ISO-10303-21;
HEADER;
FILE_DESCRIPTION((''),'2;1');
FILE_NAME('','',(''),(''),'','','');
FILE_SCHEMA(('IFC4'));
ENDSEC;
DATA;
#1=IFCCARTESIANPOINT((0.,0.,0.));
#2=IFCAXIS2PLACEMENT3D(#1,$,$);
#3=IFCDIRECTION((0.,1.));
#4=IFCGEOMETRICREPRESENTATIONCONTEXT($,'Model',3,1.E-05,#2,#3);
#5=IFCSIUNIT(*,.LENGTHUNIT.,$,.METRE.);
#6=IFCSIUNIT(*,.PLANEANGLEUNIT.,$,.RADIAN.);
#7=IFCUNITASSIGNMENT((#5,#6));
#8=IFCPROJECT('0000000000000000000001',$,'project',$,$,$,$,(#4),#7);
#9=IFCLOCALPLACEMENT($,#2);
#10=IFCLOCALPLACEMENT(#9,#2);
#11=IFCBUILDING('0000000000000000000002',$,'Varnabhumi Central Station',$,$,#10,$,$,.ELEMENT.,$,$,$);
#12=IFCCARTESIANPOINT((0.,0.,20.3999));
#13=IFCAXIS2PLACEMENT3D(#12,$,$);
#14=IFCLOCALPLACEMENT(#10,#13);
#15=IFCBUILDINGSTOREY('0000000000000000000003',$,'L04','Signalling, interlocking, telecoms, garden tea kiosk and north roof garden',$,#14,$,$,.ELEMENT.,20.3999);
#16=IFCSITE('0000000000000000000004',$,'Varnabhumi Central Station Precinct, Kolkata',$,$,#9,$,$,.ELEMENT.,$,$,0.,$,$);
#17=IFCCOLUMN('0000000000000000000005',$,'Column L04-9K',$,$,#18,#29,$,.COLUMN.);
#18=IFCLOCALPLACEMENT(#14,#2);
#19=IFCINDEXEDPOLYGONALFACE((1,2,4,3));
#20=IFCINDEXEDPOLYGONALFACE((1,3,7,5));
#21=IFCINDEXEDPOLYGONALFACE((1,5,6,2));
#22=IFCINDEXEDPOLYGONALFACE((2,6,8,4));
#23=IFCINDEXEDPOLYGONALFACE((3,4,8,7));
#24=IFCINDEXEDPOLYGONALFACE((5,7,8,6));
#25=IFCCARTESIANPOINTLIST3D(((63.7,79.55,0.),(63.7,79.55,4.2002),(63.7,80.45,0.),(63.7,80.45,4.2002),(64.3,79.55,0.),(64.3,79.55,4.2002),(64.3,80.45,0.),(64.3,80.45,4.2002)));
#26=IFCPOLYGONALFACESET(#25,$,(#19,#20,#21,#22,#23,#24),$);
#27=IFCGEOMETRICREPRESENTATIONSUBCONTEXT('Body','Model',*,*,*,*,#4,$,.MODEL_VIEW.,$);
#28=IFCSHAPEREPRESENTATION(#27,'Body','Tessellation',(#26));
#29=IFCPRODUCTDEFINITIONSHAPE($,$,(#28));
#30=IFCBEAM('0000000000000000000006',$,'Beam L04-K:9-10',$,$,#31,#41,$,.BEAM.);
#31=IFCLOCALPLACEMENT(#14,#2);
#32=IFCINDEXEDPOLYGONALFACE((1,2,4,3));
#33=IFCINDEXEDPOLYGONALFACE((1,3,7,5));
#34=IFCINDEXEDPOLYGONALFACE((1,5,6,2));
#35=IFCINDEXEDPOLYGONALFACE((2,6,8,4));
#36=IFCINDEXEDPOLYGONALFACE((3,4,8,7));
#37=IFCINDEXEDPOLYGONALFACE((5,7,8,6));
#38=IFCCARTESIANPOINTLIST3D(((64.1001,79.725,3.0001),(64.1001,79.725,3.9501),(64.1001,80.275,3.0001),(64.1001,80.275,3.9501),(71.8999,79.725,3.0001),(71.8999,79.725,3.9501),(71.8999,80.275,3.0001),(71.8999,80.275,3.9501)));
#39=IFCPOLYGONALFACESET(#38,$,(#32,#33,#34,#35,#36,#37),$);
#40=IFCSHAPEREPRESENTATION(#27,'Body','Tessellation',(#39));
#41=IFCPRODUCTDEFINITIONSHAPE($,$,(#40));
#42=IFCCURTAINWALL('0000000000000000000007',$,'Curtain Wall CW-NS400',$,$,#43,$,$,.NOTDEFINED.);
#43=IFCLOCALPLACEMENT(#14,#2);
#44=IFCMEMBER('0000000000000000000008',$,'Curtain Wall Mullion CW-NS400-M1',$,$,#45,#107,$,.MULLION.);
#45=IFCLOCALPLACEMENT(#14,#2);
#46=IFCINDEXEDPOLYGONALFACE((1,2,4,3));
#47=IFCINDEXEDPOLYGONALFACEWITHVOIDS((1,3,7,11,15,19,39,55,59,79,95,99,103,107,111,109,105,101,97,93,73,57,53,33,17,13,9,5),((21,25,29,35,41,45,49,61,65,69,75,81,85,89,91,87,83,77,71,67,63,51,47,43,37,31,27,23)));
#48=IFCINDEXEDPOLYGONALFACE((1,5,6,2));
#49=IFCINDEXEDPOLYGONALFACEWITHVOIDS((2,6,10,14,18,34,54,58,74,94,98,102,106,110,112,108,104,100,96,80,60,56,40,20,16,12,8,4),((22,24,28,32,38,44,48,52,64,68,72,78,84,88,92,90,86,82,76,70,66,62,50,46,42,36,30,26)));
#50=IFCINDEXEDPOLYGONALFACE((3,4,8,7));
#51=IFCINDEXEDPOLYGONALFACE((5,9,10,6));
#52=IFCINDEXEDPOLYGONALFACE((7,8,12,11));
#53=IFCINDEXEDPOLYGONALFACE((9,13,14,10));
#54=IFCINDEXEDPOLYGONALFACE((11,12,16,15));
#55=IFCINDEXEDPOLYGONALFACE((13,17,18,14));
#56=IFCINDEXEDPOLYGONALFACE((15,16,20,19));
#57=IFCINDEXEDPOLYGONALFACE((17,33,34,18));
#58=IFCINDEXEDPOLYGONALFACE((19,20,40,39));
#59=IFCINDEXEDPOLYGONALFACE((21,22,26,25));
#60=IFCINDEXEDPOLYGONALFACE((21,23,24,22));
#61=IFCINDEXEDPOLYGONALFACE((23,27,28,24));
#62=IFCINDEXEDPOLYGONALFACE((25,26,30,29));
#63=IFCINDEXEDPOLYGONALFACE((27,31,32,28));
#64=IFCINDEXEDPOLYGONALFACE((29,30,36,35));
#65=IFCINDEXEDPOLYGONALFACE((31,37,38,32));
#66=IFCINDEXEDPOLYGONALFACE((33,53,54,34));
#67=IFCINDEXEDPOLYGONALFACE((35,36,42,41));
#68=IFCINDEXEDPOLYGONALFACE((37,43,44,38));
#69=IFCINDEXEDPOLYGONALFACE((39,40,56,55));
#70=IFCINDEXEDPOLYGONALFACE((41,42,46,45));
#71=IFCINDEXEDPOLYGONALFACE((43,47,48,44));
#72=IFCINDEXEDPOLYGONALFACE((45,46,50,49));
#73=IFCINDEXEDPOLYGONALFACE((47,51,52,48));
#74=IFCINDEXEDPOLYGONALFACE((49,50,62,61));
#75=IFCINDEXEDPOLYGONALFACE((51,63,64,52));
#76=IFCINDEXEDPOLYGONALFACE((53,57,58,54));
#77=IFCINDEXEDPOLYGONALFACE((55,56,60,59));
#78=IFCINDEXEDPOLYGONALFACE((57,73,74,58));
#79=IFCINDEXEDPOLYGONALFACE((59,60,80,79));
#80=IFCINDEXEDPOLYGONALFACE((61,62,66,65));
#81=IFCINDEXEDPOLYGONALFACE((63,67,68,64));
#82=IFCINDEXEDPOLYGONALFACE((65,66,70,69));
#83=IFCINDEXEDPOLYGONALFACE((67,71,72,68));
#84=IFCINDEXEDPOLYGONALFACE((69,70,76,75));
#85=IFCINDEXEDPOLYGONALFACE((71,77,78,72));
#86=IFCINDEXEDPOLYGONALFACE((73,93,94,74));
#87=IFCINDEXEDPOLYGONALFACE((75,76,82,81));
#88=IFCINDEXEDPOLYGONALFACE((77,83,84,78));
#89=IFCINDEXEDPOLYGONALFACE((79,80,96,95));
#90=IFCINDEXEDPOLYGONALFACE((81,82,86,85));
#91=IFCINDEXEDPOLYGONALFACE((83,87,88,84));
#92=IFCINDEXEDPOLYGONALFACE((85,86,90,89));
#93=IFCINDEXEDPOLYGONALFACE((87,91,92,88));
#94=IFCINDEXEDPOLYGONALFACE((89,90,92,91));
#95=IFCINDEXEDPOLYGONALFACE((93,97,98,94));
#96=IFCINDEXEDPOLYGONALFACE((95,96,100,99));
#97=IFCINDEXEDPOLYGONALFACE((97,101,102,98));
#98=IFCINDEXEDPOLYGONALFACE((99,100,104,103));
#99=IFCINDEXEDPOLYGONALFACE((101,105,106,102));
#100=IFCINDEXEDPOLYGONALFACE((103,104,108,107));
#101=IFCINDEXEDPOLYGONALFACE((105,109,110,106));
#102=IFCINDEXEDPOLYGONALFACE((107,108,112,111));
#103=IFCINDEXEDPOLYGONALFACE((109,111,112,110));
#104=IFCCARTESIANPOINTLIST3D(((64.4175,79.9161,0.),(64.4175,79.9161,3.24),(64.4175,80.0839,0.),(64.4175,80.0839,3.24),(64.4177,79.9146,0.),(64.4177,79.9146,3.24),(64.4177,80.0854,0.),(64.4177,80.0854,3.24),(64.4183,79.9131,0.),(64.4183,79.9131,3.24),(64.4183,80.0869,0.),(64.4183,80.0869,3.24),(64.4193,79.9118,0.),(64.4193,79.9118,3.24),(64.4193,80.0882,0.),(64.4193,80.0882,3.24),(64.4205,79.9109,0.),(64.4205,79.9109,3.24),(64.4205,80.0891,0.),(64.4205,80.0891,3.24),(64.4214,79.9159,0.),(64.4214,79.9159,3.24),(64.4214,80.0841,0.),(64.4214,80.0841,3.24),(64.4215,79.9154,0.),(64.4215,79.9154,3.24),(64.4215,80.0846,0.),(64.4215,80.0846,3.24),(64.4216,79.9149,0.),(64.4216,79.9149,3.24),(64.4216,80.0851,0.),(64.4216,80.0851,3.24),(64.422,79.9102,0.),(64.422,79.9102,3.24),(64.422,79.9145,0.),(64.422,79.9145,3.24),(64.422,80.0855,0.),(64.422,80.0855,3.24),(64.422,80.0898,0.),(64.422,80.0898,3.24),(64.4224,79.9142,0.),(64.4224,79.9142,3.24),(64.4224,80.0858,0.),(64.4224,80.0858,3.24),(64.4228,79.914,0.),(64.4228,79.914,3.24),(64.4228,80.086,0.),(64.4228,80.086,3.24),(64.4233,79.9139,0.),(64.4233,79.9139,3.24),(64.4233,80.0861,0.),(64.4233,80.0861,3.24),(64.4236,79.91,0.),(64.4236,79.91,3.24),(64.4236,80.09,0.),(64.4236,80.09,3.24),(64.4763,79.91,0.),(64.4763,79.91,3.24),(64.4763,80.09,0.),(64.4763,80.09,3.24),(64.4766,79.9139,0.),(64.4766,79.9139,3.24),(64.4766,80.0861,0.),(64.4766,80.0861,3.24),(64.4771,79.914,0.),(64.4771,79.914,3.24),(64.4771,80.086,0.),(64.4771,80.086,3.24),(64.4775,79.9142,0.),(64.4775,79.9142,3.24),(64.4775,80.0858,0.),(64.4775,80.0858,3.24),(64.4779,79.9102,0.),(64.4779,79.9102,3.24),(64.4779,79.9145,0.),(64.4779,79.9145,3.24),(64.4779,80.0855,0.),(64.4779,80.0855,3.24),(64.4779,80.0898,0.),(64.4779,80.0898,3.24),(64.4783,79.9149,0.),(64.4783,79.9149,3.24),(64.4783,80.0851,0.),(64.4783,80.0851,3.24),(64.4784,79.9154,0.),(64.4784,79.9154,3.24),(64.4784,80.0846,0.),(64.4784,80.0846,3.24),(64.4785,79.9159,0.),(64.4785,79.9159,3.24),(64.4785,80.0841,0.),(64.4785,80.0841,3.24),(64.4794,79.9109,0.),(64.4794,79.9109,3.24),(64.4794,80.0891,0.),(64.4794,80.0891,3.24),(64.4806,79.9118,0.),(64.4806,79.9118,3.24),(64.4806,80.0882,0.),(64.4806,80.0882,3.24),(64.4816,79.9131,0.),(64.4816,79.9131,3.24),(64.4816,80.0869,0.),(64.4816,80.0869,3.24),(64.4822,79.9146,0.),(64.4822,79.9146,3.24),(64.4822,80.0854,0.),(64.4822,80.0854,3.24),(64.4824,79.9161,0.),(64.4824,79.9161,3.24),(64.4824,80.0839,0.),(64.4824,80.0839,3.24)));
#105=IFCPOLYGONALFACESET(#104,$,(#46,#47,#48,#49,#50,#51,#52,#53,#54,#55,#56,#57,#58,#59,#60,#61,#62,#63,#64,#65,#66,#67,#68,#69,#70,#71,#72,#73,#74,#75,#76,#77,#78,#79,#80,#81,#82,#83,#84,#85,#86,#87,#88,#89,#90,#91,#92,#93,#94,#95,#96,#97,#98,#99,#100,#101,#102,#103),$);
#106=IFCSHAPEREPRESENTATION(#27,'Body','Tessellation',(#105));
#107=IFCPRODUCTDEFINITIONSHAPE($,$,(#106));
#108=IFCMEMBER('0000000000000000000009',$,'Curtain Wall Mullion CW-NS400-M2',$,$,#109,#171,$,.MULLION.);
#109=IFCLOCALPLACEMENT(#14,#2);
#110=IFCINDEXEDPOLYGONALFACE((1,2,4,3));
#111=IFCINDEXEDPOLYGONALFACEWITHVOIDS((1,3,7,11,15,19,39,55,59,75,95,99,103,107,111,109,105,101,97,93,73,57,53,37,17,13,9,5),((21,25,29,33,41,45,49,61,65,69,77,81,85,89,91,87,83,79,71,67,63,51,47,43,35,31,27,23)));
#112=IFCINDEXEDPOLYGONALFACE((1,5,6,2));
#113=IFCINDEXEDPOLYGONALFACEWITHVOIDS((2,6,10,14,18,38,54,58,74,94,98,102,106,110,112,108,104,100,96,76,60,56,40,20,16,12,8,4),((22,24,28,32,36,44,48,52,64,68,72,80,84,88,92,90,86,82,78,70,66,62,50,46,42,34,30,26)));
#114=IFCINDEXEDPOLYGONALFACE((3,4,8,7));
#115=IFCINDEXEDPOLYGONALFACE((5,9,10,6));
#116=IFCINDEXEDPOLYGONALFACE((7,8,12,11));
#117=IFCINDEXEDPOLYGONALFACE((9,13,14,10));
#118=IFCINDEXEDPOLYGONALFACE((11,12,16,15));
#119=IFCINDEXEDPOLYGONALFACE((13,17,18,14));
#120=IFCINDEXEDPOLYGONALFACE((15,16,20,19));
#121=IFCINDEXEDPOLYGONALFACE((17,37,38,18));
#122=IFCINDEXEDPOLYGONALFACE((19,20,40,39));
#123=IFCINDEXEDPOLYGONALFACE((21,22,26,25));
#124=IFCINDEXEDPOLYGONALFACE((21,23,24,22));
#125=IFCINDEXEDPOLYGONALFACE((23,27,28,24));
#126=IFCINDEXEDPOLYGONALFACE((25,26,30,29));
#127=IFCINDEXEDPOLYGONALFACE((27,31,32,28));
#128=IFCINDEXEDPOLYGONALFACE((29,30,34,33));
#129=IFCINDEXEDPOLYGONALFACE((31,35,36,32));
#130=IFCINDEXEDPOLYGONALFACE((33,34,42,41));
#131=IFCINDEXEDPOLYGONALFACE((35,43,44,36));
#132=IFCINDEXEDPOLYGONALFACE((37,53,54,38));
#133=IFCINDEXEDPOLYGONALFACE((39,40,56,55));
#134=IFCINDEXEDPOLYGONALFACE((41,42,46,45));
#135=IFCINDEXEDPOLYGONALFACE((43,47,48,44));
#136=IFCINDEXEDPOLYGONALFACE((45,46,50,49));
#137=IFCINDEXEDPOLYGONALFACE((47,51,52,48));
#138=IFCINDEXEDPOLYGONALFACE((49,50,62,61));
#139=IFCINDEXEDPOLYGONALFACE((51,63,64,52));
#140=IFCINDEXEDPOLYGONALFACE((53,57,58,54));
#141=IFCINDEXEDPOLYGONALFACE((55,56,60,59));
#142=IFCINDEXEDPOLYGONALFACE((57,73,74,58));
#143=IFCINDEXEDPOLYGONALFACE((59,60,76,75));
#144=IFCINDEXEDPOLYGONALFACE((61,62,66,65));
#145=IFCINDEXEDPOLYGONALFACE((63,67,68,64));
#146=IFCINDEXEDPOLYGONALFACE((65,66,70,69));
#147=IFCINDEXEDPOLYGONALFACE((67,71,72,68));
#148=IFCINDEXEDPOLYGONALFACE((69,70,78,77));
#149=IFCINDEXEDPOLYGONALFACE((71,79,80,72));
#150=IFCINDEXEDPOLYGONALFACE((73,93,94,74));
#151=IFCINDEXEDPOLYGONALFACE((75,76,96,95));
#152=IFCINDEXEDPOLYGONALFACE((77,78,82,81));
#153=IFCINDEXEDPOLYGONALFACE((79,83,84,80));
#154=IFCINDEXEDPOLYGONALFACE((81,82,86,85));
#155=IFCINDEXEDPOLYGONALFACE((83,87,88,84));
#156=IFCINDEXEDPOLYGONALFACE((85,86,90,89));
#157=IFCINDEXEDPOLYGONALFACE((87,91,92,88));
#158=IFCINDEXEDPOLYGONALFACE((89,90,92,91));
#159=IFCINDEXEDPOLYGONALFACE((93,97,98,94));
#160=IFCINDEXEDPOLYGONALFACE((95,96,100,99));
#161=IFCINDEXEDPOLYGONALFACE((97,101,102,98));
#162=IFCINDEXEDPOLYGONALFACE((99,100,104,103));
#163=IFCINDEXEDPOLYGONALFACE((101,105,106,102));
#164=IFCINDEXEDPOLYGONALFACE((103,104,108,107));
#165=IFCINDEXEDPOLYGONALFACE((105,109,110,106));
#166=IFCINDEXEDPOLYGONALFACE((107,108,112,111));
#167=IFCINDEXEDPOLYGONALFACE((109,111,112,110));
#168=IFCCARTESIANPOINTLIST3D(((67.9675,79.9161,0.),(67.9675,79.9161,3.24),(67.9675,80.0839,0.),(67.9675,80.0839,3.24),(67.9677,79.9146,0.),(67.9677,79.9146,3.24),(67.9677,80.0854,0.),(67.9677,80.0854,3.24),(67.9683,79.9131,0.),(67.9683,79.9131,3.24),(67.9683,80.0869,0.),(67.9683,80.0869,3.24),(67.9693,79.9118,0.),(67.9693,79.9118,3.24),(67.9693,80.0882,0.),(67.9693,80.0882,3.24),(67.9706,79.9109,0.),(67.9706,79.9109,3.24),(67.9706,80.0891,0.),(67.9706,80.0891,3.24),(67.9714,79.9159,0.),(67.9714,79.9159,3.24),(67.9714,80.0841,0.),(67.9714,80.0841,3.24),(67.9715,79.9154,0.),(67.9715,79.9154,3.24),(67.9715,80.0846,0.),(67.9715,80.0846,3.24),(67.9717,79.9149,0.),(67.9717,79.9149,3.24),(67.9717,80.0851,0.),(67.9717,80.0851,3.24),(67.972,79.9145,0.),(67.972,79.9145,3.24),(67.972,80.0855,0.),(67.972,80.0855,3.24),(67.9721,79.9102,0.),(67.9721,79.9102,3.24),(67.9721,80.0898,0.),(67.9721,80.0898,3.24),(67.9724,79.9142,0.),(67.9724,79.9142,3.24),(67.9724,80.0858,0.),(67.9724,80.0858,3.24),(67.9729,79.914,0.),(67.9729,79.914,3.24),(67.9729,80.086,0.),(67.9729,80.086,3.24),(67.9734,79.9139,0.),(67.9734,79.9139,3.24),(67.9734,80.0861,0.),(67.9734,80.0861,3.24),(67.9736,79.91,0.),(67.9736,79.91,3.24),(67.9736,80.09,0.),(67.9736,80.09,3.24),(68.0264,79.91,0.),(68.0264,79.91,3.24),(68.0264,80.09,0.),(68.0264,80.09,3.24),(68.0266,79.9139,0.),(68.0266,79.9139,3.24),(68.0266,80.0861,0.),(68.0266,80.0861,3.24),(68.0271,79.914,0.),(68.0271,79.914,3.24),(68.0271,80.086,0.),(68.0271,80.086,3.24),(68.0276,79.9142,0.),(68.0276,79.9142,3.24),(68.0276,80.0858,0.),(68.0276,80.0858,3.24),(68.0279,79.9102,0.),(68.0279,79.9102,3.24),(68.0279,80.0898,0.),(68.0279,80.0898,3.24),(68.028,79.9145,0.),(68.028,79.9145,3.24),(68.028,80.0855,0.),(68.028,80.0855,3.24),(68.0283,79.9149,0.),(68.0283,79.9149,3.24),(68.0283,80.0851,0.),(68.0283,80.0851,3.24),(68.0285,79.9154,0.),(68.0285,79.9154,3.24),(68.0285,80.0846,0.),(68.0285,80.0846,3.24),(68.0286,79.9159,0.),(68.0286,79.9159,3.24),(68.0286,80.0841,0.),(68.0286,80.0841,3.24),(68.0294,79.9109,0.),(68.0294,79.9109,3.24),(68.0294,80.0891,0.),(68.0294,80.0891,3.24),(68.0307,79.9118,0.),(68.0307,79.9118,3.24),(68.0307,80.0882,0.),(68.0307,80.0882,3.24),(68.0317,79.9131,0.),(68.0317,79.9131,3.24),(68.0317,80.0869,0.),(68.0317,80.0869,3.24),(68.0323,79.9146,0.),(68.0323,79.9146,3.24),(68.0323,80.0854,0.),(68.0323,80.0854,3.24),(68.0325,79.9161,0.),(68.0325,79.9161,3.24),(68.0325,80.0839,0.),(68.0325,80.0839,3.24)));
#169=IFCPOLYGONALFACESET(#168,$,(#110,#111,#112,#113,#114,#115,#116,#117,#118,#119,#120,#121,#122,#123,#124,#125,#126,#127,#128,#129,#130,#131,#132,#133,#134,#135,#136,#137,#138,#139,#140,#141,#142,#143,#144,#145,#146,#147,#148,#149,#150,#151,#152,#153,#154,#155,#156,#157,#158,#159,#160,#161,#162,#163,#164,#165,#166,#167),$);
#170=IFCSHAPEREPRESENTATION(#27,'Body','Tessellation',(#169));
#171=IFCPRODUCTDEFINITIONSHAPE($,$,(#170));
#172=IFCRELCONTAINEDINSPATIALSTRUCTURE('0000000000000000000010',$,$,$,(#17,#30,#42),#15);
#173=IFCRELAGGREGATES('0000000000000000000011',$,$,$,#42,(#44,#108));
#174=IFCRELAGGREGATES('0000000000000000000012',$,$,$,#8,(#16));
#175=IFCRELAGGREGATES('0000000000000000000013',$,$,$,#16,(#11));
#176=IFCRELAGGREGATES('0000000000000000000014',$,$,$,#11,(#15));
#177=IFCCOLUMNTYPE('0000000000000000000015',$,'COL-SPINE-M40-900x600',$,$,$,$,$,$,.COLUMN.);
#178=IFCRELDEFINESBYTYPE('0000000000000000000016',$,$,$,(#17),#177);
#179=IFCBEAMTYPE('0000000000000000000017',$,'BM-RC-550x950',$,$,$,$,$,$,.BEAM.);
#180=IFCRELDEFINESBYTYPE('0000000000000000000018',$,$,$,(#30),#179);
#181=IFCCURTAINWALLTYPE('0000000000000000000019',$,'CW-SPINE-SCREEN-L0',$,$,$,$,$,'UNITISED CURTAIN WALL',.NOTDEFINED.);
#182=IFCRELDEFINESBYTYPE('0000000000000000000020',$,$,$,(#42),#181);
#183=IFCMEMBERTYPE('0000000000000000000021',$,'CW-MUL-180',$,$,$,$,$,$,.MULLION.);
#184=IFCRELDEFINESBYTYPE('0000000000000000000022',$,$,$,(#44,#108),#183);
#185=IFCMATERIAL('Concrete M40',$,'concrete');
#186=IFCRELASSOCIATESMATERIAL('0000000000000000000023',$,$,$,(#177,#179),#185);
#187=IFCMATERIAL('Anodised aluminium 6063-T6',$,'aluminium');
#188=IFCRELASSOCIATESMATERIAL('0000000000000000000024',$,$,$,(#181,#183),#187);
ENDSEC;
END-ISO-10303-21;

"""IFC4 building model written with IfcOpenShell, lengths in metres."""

from ifc_helpers import new_model, si_unit, direction, frame, origin, origin_2d, place, context, subcontext, project, spatial, rectangle, hollow_rectangle, extrude, material, material_profile, profile_set, type_object, element, aggregate, save


model = new_model("IFC4")

# Units and contexts
model_context = context("Model", 3, precision=1e-05, world=origin(), true_north=direction((0.0, 1.0)))
body_context = subcontext(model_context, "Body", "Model", "MODEL_VIEW")
ifc_project = project(units=[si_unit("LENGTHUNIT", "METRE"), si_unit("PLANEANGLEUNIT", "RADIAN")], contexts=[model_context])

# Site, building, storey
site_placement = place(None, origin())
site = spatial("IfcSite", under=ifc_project, at=site_placement, Name="Varnabhumi Central Station Precinct, Kolkata", CompositionType="ELEMENT", RefElevation=0.0)
building_placement = place(site_placement, origin())
building = spatial("IfcBuilding", under=site, at=building_placement, Name="Varnabhumi Central Station", CompositionType="ELEMENT")
storey_placement = place(building_placement, frame((0.0, 0.0, 20.3999)))
storey = spatial("IfcBuildingStorey", under=building, at=storey_placement, Name="L04", Description="Signalling, interlocking, telecoms, garden tea kiosk and north roof garden", CompositionType="ELEMENT", Elevation=20.3999)

# Column
ifc_material_1 = material(Name="Concrete M40", Category="concrete")
ifc_material_profile_1 = material_profile(ifc_material_1, rectangle(XDim=0.6001, YDim=0.8999, at=origin_2d()), Name="Concrete M40", Category="concrete")
ifc_profile_set_1 = profile_set([ifc_material_profile_1], Name="Concrete M40")
column_type = type_object("IfcColumnType", Name="COL-SPINE-M40-900x600", PredefinedType="COLUMN", material=ifc_profile_set_1)
column_placement = place(storey_placement, frame((64.0, 80.0, 0.0), z_axis=(0.0, 0.0, 1.0), x_axis=(1.0, 0.0, 0.0)))
element("IfcColumn", 1, at=column_placement, inside=storey, type_object=column_type, Name="Column L04-9K", PredefinedType="COLUMN", context=body_context, shape_type="SweptSolid", body=[
    extrude(rectangle(XDim=0.6001, YDim=0.8999, at=origin_2d()), origin(), (0.0, 0.0, 1.0), 4.2002),
])

# Beam
ifc_material_profile_2 = material_profile(ifc_material_1, rectangle(XDim=0.55, YDim=0.95, at=origin_2d()), Name="Concrete M40", Category="concrete")
ifc_profile_set_2 = profile_set([ifc_material_profile_2], Name="Concrete M40")
beam_type = type_object("IfcBeamType", Name="BM-RC-550x950", PredefinedType="BEAM", material=ifc_profile_set_2)
beam_placement = place(storey_placement, frame((64.1001, 80.0, 3.4751), z_axis=(1.0, 0.0, 0.0), x_axis=(0.0, 1.0, 0.0)))
element("IfcBeam", 2, at=beam_placement, inside=storey, type_object=beam_type, Name="Beam L04-K:9-10", PredefinedType="BEAM", context=body_context, shape_type="SweptSolid", body=[
    extrude(rectangle(XDim=0.55, YDim=0.95, at=origin_2d()), origin(), (0.0, 0.0, 1.0), 7.7998),
])

# Curtain wall, members
ifc_material_2 = material(Name="Anodised aluminium 6063-T6", Category="aluminium")
curtain_wall_type = type_object("IfcCurtainWallType", Name="CW-SPINE-SCREEN-L0", ElementType="UNITISED CURTAIN WALL", PredefinedType="NOTDEFINED", material=ifc_material_2)
curtain_wall_placement = place(storey_placement, origin())
curtain_wall = element("IfcCurtainWall", 3, at=curtain_wall_placement, inside=storey, type_object=curtain_wall_type, Name="Curtain Wall CW-NS400", PredefinedType="NOTDEFINED")
ifc_material_profile_3 = material_profile(ifc_material_2, hollow_rectangle(XDim=0.0649, YDim=0.1799, WallThickness=0.0039, InnerFilletRadius=0.002, OuterFilletRadius=0.0061, at=origin_2d()), Name="Anodised aluminium 6063-T6", Category="aluminium")
ifc_profile_set_3 = profile_set([ifc_material_profile_3], Name="Anodised aluminium 6063-T6")
member_type_1 = type_object("IfcMemberType", Name="CW-MUL-180", PredefinedType="MULLION", material=ifc_profile_set_3)
member_1_placement = place(storey_placement, frame((64.45, 80.0, 0.0), z_axis=(0.0, 0.0, 1.0), x_axis=(1.0, 0.0, 0.0)))
member_1 = element("IfcMember", 4, at=member_1_placement, type_object=member_type_1, Name="Curtain Wall Mullion CW-NS400-M1", PredefinedType="MULLION", context=body_context, shape_type="SweptSolid", body=[
    extrude(hollow_rectangle(XDim=0.0649, YDim=0.1799, WallThickness=0.0039, InnerFilletRadius=0.002, OuterFilletRadius=0.0061, at=origin_2d()), origin(), (0.0, 0.0, 1.0), 3.24),
])
member_2_placement = place(storey_placement, frame((68.0, 80.0, 0.0), z_axis=(0.0, 0.0, 1.0), x_axis=(1.0, 0.0, 0.0)))
member_2 = element("IfcMember", 5, at=member_2_placement, type_object=member_type_1, Name="Curtain Wall Mullion CW-NS400-M2", PredefinedType="MULLION", context=body_context, shape_type="SweptSolid", body=[
    extrude(hollow_rectangle(XDim=0.0649, YDim=0.1799, WallThickness=0.0039, InnerFilletRadius=0.002, OuterFilletRadius=0.0061, at=origin_2d()), origin(), (0.0, 0.0, 1.0), 3.24),
])

aggregate(curtain_wall, [member_1, member_2])

save(model, "model.ifc")
